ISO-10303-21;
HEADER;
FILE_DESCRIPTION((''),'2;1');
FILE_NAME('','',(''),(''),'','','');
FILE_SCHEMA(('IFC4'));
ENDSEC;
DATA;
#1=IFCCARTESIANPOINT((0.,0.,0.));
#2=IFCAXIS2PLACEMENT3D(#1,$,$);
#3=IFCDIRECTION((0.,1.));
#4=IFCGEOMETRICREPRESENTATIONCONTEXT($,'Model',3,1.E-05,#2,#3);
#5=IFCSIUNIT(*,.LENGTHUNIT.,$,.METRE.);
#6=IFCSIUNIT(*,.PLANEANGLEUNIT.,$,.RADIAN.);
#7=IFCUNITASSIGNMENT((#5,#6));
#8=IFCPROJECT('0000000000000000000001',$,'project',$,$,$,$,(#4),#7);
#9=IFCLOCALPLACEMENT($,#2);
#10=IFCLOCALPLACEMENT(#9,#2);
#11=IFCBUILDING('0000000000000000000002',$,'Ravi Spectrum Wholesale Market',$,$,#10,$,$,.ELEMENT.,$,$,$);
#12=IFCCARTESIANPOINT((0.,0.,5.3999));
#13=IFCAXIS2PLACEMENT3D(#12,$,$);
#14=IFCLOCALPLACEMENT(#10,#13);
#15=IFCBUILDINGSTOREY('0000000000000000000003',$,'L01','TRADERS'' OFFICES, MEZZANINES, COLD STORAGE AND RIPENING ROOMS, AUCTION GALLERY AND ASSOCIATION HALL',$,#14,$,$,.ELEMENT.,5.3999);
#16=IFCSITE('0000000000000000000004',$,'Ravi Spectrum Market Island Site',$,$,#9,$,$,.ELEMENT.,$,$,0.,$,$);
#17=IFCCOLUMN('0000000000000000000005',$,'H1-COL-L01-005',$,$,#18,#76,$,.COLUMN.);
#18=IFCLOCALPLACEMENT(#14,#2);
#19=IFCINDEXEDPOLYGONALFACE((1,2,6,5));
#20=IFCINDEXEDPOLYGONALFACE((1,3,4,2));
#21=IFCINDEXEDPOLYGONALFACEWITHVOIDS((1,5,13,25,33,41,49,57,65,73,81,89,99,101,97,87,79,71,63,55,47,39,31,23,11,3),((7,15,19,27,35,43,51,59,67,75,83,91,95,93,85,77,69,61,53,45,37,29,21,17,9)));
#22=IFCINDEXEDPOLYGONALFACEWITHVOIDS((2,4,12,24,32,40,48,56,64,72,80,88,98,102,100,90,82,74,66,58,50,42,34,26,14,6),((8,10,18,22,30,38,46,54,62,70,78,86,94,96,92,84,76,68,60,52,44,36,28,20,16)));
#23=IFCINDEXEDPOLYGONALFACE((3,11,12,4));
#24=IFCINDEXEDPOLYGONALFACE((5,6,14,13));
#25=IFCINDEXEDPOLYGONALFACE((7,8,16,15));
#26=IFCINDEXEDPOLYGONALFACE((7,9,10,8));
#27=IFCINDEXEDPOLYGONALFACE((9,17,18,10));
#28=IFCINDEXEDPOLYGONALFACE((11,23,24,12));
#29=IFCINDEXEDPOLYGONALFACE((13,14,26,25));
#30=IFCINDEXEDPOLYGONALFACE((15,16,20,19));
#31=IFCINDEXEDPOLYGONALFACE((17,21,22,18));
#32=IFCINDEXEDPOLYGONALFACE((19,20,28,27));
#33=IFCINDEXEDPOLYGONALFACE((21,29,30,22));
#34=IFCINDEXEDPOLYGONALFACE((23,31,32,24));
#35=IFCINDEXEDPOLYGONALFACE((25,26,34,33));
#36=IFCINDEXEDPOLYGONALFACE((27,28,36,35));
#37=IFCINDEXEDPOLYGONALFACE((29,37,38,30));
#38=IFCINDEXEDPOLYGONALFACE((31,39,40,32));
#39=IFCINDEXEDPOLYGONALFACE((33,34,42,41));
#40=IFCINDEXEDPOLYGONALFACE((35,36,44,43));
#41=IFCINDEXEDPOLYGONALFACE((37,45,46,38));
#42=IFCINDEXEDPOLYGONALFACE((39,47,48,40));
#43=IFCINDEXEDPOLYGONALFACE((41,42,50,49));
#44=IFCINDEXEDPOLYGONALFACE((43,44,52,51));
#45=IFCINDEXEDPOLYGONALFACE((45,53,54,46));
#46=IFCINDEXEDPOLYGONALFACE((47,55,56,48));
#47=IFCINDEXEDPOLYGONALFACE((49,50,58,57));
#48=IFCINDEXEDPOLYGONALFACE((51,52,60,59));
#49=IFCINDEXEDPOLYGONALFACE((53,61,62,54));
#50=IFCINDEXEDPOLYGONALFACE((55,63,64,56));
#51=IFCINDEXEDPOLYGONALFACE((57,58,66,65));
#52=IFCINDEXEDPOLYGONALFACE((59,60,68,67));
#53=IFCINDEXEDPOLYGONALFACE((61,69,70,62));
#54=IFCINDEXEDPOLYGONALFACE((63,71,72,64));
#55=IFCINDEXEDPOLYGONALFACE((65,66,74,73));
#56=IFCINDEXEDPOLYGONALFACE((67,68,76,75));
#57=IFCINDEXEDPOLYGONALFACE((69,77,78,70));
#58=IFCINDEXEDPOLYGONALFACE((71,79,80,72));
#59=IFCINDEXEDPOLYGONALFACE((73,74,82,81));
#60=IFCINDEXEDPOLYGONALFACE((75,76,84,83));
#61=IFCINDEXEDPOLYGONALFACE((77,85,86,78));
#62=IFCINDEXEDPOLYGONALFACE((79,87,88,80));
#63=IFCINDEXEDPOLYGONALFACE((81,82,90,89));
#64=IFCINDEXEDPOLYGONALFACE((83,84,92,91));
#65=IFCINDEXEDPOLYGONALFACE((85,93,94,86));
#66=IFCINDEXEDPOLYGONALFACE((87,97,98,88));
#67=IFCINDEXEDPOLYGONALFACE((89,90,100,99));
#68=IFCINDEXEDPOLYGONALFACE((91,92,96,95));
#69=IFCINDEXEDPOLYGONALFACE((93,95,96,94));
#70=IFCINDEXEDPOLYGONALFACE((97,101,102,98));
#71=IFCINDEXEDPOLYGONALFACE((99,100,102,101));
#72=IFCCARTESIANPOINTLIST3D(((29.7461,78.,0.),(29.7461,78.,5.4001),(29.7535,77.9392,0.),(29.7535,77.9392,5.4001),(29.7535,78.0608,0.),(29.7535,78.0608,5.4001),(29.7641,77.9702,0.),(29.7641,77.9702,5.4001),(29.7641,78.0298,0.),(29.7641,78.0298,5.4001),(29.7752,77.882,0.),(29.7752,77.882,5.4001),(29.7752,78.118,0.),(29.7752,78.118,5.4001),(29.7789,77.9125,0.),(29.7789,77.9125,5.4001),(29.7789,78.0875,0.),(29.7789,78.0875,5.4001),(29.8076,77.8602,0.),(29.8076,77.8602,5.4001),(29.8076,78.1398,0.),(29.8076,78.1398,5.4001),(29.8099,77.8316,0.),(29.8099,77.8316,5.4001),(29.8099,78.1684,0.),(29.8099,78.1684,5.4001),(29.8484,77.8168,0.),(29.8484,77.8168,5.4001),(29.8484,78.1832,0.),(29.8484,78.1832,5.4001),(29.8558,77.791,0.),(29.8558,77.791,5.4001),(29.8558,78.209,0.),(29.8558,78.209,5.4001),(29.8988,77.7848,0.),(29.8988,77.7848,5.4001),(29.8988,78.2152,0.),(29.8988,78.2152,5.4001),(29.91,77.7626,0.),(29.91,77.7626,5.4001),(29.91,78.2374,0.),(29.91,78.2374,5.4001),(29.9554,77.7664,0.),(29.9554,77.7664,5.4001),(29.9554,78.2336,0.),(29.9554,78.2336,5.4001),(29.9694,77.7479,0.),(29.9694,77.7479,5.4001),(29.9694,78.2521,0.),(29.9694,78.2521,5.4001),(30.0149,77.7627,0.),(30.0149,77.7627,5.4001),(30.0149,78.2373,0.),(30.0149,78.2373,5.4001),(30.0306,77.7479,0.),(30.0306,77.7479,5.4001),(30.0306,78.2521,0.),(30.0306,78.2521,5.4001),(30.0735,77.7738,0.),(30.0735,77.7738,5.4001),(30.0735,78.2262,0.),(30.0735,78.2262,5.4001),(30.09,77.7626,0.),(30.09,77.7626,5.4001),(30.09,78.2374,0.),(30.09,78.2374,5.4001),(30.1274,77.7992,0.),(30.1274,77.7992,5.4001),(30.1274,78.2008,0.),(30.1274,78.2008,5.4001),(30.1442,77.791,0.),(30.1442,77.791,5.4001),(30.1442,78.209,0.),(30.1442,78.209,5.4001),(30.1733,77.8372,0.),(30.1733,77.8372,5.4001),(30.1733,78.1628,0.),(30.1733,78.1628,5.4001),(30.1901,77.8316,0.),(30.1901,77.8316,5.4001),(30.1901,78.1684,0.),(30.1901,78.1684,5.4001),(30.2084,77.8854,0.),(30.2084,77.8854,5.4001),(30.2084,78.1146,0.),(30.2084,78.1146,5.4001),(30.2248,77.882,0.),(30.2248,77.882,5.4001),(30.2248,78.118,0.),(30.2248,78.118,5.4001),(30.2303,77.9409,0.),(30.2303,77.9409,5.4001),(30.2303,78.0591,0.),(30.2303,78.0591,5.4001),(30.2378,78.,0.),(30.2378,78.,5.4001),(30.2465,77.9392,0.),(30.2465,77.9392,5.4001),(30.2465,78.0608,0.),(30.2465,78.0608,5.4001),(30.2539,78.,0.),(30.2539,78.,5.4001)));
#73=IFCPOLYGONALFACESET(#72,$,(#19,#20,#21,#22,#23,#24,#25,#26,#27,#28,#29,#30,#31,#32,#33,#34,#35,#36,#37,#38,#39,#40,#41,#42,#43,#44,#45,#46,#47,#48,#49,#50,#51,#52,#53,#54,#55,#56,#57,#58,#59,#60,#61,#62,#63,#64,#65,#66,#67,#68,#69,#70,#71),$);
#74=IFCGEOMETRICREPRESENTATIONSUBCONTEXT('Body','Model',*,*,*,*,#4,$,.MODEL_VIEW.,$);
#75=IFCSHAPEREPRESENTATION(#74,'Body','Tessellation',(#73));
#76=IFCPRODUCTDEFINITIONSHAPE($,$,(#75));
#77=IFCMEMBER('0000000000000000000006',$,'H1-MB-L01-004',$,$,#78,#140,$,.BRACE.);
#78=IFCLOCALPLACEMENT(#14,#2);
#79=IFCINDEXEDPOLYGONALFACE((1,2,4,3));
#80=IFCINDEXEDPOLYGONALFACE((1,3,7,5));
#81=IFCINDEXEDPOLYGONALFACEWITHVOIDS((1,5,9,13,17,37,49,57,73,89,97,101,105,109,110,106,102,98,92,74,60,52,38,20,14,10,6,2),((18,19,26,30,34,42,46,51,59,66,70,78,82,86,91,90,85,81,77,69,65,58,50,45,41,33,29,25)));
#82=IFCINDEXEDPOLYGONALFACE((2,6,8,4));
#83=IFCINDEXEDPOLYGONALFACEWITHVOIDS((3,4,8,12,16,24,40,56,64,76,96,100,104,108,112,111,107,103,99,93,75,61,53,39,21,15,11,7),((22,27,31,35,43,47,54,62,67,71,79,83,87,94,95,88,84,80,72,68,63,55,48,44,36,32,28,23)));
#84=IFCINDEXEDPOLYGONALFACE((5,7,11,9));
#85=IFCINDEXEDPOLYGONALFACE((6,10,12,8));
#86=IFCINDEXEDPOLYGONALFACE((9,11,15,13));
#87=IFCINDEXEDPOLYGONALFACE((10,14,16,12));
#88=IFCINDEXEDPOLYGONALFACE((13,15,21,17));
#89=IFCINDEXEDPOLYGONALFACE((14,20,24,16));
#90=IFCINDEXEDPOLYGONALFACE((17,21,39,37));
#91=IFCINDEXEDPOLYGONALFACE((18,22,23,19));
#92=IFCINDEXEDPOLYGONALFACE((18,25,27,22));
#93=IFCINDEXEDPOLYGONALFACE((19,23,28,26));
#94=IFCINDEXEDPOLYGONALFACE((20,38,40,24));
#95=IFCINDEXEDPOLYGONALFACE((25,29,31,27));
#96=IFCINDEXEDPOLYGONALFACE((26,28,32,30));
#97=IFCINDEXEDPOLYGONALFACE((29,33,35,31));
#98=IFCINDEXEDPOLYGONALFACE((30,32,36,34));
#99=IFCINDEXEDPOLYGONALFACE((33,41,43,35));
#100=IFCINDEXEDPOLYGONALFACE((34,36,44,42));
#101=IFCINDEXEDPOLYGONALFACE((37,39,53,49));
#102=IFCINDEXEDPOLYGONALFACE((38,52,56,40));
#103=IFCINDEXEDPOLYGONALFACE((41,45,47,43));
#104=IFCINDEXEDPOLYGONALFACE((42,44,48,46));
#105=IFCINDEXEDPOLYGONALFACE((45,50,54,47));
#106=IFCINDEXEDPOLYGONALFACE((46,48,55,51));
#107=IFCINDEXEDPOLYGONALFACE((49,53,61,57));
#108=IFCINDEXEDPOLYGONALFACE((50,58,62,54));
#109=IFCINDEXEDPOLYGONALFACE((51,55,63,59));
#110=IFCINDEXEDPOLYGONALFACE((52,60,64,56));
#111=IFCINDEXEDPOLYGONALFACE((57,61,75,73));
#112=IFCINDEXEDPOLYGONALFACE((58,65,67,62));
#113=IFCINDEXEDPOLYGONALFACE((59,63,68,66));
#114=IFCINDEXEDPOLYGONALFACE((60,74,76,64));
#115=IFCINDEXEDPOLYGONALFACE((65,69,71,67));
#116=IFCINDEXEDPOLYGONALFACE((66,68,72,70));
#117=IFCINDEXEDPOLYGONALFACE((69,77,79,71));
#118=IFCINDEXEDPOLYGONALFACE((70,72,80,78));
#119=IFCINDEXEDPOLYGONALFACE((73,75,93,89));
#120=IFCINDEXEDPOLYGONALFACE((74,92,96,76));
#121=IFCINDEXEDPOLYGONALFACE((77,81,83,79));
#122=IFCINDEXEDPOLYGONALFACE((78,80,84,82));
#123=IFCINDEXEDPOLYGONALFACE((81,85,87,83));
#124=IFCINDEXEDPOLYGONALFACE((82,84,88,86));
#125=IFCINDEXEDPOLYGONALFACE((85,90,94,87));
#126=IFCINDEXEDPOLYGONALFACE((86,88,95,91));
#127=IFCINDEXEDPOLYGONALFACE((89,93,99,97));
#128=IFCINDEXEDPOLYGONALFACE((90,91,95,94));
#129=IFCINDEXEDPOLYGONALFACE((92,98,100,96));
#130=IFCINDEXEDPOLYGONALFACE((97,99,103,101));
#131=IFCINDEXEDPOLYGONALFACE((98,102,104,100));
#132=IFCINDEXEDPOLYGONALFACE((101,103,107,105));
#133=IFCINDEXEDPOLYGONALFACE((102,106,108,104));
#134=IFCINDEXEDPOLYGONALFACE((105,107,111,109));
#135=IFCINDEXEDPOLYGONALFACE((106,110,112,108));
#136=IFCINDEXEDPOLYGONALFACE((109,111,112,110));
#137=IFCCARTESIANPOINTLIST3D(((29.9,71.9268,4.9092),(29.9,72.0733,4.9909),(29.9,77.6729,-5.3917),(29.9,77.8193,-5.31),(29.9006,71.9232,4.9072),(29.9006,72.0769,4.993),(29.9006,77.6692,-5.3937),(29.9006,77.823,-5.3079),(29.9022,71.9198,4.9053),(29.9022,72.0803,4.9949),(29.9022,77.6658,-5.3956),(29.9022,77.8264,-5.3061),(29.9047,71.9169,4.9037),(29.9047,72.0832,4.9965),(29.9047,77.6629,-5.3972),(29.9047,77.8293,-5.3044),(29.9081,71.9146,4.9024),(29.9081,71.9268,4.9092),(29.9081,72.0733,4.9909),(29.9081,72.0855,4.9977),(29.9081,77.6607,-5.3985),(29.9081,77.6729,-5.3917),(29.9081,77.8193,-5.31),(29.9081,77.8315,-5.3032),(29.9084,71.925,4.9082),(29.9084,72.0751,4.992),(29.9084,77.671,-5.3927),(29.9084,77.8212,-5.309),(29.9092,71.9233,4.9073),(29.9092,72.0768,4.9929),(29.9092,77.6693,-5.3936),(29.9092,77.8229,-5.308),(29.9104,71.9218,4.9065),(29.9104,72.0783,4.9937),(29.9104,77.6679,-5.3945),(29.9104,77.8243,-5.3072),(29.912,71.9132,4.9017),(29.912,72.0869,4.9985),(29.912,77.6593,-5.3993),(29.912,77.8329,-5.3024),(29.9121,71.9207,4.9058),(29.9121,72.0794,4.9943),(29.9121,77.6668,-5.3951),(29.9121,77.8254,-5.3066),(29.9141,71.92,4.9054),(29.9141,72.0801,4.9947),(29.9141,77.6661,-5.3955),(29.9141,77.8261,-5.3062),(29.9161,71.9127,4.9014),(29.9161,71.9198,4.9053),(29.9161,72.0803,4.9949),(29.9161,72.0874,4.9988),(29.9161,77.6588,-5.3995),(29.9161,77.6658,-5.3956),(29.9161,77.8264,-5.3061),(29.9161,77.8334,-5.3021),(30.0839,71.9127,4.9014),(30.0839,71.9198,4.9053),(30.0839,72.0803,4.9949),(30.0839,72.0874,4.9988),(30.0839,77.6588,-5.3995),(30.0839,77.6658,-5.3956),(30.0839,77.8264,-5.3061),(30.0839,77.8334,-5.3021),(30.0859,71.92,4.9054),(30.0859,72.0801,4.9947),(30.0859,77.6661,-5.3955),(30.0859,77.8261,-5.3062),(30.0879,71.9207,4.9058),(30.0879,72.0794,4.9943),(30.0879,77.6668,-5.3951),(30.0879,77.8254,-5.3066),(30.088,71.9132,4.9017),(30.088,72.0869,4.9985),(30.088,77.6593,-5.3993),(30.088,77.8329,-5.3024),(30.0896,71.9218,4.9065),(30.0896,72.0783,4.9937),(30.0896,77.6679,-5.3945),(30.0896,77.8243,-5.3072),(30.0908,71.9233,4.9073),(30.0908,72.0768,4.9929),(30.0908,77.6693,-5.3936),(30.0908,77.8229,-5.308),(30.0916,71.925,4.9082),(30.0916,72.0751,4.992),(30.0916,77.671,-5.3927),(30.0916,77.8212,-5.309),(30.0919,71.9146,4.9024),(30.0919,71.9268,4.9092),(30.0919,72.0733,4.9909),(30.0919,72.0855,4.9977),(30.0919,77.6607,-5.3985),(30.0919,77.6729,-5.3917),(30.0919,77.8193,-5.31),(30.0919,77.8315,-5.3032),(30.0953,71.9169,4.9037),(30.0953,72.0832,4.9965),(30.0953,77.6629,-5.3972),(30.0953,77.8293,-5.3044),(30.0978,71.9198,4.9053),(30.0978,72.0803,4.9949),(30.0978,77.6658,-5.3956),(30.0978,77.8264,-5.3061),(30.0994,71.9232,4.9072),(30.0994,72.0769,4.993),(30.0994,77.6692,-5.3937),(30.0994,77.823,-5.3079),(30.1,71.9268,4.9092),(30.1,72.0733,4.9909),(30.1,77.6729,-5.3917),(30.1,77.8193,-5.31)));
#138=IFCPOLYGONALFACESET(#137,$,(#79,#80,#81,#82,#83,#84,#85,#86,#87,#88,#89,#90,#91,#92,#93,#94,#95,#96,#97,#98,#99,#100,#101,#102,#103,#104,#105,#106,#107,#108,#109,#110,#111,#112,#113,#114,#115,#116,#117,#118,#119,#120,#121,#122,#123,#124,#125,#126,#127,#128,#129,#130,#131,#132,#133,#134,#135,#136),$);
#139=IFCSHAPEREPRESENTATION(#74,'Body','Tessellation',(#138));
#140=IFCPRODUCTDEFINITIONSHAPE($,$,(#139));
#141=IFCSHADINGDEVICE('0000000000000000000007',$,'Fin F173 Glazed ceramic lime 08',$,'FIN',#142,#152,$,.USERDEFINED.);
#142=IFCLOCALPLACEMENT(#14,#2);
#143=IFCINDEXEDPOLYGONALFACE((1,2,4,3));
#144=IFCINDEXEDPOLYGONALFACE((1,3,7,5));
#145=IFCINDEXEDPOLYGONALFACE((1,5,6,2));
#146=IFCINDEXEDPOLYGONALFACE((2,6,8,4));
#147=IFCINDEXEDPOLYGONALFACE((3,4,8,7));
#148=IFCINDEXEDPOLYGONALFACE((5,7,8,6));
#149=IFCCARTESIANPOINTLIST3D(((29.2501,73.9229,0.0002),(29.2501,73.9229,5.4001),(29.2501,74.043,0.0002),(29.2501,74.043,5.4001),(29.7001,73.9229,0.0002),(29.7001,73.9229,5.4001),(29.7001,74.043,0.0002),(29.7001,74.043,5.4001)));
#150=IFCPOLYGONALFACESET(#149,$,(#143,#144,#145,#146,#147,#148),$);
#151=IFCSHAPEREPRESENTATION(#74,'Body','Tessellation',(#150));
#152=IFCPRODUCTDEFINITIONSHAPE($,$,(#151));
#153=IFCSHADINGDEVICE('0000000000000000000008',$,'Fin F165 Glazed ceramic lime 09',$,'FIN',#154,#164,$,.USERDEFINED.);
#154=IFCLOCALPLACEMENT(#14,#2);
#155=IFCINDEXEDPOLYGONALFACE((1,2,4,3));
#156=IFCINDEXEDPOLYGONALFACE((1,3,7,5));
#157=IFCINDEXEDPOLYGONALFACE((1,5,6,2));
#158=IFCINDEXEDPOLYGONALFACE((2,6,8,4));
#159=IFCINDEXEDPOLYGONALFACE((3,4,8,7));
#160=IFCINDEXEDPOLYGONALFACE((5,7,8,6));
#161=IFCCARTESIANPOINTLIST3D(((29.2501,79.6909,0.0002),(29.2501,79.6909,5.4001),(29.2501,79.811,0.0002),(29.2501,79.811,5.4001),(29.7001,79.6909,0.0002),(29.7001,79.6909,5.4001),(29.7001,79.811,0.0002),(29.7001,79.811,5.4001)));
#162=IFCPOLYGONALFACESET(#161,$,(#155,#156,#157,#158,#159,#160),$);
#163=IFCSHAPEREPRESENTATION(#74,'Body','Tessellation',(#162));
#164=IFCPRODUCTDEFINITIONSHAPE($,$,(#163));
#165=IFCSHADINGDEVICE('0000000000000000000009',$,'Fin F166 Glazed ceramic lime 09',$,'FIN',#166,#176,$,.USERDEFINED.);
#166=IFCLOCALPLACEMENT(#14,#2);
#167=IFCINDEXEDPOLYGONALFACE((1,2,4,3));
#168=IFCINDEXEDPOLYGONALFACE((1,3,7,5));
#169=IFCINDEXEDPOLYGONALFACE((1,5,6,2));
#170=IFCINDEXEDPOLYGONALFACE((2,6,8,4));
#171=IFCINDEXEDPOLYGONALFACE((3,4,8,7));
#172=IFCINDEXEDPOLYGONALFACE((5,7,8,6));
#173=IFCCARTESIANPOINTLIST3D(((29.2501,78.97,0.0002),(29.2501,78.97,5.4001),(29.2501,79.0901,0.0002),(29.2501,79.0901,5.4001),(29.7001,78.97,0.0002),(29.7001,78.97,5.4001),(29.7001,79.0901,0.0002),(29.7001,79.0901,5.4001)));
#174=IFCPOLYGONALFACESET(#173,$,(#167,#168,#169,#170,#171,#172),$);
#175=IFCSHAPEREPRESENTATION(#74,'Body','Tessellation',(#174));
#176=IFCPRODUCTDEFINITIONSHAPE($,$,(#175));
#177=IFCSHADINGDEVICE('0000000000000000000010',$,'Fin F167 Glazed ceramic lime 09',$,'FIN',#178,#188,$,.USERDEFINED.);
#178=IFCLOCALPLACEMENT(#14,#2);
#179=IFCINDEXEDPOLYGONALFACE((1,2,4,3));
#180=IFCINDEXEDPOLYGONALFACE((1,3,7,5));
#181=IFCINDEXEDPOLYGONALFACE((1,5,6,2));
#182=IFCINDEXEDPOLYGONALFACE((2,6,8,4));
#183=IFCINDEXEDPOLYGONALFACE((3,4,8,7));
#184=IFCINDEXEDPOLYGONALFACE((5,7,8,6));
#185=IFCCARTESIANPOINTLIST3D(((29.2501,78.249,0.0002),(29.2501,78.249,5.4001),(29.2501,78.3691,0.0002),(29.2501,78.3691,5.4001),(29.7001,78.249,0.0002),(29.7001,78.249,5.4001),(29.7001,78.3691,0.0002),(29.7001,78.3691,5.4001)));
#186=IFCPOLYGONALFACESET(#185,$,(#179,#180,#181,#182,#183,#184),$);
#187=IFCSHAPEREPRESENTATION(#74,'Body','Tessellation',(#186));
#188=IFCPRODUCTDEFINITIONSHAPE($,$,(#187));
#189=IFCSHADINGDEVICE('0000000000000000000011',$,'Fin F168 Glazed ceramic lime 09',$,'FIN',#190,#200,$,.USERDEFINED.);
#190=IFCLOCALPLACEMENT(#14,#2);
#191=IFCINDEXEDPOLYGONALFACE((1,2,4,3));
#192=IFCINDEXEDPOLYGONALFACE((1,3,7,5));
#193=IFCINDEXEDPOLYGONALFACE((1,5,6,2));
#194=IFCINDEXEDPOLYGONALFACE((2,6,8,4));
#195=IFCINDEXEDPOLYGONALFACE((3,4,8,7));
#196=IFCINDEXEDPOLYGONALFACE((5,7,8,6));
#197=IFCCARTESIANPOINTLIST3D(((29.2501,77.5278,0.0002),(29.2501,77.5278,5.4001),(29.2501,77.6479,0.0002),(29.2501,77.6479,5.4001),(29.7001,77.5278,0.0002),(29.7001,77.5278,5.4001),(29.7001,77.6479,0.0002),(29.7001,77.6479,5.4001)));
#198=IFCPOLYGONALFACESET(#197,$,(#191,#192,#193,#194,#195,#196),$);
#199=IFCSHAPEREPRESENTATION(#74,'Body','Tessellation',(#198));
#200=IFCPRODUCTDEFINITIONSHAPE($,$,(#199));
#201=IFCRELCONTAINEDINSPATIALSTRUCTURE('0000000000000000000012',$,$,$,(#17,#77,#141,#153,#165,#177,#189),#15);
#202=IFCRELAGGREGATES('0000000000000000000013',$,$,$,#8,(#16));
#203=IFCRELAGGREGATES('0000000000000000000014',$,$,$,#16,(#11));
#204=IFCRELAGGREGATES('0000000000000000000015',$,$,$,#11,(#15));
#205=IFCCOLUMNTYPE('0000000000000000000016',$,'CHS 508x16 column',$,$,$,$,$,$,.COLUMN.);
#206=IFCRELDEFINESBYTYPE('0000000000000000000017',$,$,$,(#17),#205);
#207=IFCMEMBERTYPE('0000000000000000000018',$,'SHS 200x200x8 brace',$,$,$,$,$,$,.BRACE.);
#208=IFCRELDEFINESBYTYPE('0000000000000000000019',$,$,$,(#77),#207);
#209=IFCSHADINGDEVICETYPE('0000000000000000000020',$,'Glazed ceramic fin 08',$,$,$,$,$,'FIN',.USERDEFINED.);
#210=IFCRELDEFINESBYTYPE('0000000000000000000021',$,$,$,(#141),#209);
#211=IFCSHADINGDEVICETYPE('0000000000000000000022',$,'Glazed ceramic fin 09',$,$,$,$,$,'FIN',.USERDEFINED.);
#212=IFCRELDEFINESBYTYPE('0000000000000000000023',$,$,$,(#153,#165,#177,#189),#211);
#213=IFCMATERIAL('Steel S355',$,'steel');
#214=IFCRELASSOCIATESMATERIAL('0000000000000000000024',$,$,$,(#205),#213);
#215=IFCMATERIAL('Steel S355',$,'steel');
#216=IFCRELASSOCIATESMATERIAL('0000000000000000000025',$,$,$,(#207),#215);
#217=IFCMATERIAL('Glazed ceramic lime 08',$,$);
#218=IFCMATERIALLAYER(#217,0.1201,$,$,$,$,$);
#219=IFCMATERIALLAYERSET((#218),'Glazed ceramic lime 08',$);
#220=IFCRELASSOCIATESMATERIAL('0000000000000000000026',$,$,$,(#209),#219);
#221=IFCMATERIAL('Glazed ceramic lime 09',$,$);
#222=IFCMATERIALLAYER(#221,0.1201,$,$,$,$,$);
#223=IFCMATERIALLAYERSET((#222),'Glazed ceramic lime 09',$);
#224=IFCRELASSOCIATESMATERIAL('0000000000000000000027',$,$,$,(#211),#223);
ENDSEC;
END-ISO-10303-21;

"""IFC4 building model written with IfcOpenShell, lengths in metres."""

from ifc_helpers import new_model, si_unit, direction, frame, origin, origin_2d, place, context, subcontext, project, spatial, rectangle, hollow_rectangle, hollow_circle, extrude, material, layer, layer_set, material_profile, profile_set, type_object, element, save


model = new_model("IFC4")

# Units and contexts
model_context = context("Model", 3, precision=1e-05, world=origin(), true_north=direction((0.0, 1.0)))
body_context = subcontext(model_context, "Body", "Model", "MODEL_VIEW")
ifc_project = project(units=[si_unit("LENGTHUNIT", "METRE"), si_unit("PLANEANGLEUNIT", "RADIAN")], contexts=[model_context])

# Site, building, storey
site_placement = place(None, origin())
site = spatial("IfcSite", under=ifc_project, at=site_placement, Name="Ravi Spectrum Market Island Site", CompositionType="ELEMENT", RefElevation=0.0)
building_placement = place(site_placement, origin())
building = spatial("IfcBuilding", under=site, at=building_placement, Name="Ravi Spectrum Wholesale Market", CompositionType="ELEMENT")
storey_placement = place(building_placement, frame((0.0, 0.0, 5.3999)))
storey = spatial("IfcBuildingStorey", under=building, at=storey_placement, Name="L01", Description="TRADERS' OFFICES, MEZZANINES, COLD STORAGE AND RIPENING ROOMS, AUCTION GALLERY AND ASSOCIATION HALL", CompositionType="ELEMENT", Elevation=5.3999)

# Column
ifc_material_1 = material(Name="Steel S355", Category="steel")
ifc_material_profile_1 = material_profile(ifc_material_1, hollow_circle(Radius=0.2539, WallThickness=0.0161, at=origin_2d()))
ifc_profile_set_1 = profile_set([ifc_material_profile_1], Name="Steel S355")
column_type = type_object("IfcColumnType", Name="CHS 508x16 column", PredefinedType="COLUMN", material=ifc_profile_set_1)
column_placement = place(storey_placement, frame((30.0, 78.0, 0.0), z_axis=(0.0, 0.0, 1.0), x_axis=(1.0, 0.0, 0.0)))
element("IfcColumn", 1, at=column_placement, inside=storey, type_object=column_type, Name="H1-COL-L01-005", PredefinedType="COLUMN", context=body_context, shape_type="SweptSolid", body=[
    extrude(hollow_circle(Radius=0.2539, WallThickness=0.0161, at=origin_2d()), origin(), (0.0, 0.0, 1.0), 5.4001),
])

# Member
ifc_material_2 = material(Name="Steel S355", Category="steel")
ifc_material_profile_2 = material_profile(ifc_material_2, hollow_rectangle(XDim=0.2, YDim=0.2, WallThickness=0.0081, InnerFilletRadius=0.0081, OuterFilletRadius=0.0161, at=origin_2d()))
ifc_profile_set_2 = profile_set([ifc_material_profile_2], Name="Steel S355")
member_type = type_object("IfcMemberType", Name="SHS 200x200x8 brace", PredefinedType="BRACE", material=ifc_profile_set_2)
member_placement = place(storey_placement, frame((30.0, 77.7461, -5.3508), z_axis=(0.0, -0.487152, 0.873317), x_axis=(1.0, 0.0, 0.0)))
element("IfcMember", 2, at=member_placement, inside=storey, type_object=member_type, Name="H1-MB-L01-004", PredefinedType="BRACE", context=body_context, shape_type="SweptSolid", body=[
    extrude(hollow_rectangle(XDim=0.2, YDim=0.2, WallThickness=0.0081, InnerFilletRadius=0.0081, OuterFilletRadius=0.0161, at=origin_2d()), origin(), (0.0, 0.0, 1.0), 11.7952),
])

# Shading devices
ifc_material_3 = material(Name="Glazed ceramic lime 08")
ifc_layer_1 = layer(ifc_material_3, 0.1201)
ifc_layer_set_1 = layer_set([ifc_layer_1], Name="Glazed ceramic lime 08")
shading_device_type_1 = type_object("IfcShadingDeviceType", Name="Glazed ceramic fin 08", ElementType="FIN", PredefinedType="USERDEFINED", material=ifc_layer_set_1)
shading_device_placement = place(storey_placement, frame((29.4751, 73.9829, 0.0002), z_axis=(0.0, 0.0, 1.0), x_axis=(0.0, -1.0, 0.0)))
element("IfcShadingDevice", 3, at=shading_device_placement, inside=storey, type_object=shading_device_type_1, Name="Fin F173 Glazed ceramic lime 08", ObjectType="FIN", PredefinedType="USERDEFINED", context=body_context, shape_type="SweptSolid", body=[
    extrude(rectangle(XDim=0.1201, YDim=0.45, at=origin_2d()), origin(), (0.0, 0.0, 1.0), 5.3999),
])
ifc_material_4 = material(Name="Glazed ceramic lime 09")
ifc_layer_2 = layer(ifc_material_4, 0.1201)
ifc_layer_set_2 = layer_set([ifc_layer_2], Name="Glazed ceramic lime 09")
shading_device_type_2 = type_object("IfcShadingDeviceType", Name="Glazed ceramic fin 09", ElementType="FIN", PredefinedType="USERDEFINED", material=ifc_layer_set_2)
for number, where, z_axis, x_axis, name in (
    (4, (29.4751, 79.751, 0.0002), (0.0, 0.0, 1.0), (0.0, -1.0, 0.0), "Fin F165 Glazed ceramic lime 09"),
    (5, (29.4751, 79.03, 0.0002), (0.0, 0.0, 1.0), (0.0, -1.0, 0.0), "Fin F166 Glazed ceramic lime 09"),
    (6, (29.4751, 78.3091, 0.0002), (0.0, 0.0, 1.0), (0.0, -1.0, 0.0), "Fin F167 Glazed ceramic lime 09"),
    (7, (29.4751, 77.5879, 0.0002), (0.0, 0.0, 1.0), (0.0, -1.0, 0.0), "Fin F168 Glazed ceramic lime 09"),
):
    element("IfcShadingDevice", number, at=place(storey_placement, frame(where, z_axis=z_axis, x_axis=x_axis)), inside=storey, type_object=shading_device_type_2, Name=name, ObjectType="FIN", PredefinedType="USERDEFINED", context=body_context, shape_type="SweptSolid", body=[
        extrude(rectangle(XDim=0.1201, YDim=0.45, at=origin_2d()), origin(), (0.0, 0.0, 1.0), 5.3999),
    ])

save(model, "model.ifc")
